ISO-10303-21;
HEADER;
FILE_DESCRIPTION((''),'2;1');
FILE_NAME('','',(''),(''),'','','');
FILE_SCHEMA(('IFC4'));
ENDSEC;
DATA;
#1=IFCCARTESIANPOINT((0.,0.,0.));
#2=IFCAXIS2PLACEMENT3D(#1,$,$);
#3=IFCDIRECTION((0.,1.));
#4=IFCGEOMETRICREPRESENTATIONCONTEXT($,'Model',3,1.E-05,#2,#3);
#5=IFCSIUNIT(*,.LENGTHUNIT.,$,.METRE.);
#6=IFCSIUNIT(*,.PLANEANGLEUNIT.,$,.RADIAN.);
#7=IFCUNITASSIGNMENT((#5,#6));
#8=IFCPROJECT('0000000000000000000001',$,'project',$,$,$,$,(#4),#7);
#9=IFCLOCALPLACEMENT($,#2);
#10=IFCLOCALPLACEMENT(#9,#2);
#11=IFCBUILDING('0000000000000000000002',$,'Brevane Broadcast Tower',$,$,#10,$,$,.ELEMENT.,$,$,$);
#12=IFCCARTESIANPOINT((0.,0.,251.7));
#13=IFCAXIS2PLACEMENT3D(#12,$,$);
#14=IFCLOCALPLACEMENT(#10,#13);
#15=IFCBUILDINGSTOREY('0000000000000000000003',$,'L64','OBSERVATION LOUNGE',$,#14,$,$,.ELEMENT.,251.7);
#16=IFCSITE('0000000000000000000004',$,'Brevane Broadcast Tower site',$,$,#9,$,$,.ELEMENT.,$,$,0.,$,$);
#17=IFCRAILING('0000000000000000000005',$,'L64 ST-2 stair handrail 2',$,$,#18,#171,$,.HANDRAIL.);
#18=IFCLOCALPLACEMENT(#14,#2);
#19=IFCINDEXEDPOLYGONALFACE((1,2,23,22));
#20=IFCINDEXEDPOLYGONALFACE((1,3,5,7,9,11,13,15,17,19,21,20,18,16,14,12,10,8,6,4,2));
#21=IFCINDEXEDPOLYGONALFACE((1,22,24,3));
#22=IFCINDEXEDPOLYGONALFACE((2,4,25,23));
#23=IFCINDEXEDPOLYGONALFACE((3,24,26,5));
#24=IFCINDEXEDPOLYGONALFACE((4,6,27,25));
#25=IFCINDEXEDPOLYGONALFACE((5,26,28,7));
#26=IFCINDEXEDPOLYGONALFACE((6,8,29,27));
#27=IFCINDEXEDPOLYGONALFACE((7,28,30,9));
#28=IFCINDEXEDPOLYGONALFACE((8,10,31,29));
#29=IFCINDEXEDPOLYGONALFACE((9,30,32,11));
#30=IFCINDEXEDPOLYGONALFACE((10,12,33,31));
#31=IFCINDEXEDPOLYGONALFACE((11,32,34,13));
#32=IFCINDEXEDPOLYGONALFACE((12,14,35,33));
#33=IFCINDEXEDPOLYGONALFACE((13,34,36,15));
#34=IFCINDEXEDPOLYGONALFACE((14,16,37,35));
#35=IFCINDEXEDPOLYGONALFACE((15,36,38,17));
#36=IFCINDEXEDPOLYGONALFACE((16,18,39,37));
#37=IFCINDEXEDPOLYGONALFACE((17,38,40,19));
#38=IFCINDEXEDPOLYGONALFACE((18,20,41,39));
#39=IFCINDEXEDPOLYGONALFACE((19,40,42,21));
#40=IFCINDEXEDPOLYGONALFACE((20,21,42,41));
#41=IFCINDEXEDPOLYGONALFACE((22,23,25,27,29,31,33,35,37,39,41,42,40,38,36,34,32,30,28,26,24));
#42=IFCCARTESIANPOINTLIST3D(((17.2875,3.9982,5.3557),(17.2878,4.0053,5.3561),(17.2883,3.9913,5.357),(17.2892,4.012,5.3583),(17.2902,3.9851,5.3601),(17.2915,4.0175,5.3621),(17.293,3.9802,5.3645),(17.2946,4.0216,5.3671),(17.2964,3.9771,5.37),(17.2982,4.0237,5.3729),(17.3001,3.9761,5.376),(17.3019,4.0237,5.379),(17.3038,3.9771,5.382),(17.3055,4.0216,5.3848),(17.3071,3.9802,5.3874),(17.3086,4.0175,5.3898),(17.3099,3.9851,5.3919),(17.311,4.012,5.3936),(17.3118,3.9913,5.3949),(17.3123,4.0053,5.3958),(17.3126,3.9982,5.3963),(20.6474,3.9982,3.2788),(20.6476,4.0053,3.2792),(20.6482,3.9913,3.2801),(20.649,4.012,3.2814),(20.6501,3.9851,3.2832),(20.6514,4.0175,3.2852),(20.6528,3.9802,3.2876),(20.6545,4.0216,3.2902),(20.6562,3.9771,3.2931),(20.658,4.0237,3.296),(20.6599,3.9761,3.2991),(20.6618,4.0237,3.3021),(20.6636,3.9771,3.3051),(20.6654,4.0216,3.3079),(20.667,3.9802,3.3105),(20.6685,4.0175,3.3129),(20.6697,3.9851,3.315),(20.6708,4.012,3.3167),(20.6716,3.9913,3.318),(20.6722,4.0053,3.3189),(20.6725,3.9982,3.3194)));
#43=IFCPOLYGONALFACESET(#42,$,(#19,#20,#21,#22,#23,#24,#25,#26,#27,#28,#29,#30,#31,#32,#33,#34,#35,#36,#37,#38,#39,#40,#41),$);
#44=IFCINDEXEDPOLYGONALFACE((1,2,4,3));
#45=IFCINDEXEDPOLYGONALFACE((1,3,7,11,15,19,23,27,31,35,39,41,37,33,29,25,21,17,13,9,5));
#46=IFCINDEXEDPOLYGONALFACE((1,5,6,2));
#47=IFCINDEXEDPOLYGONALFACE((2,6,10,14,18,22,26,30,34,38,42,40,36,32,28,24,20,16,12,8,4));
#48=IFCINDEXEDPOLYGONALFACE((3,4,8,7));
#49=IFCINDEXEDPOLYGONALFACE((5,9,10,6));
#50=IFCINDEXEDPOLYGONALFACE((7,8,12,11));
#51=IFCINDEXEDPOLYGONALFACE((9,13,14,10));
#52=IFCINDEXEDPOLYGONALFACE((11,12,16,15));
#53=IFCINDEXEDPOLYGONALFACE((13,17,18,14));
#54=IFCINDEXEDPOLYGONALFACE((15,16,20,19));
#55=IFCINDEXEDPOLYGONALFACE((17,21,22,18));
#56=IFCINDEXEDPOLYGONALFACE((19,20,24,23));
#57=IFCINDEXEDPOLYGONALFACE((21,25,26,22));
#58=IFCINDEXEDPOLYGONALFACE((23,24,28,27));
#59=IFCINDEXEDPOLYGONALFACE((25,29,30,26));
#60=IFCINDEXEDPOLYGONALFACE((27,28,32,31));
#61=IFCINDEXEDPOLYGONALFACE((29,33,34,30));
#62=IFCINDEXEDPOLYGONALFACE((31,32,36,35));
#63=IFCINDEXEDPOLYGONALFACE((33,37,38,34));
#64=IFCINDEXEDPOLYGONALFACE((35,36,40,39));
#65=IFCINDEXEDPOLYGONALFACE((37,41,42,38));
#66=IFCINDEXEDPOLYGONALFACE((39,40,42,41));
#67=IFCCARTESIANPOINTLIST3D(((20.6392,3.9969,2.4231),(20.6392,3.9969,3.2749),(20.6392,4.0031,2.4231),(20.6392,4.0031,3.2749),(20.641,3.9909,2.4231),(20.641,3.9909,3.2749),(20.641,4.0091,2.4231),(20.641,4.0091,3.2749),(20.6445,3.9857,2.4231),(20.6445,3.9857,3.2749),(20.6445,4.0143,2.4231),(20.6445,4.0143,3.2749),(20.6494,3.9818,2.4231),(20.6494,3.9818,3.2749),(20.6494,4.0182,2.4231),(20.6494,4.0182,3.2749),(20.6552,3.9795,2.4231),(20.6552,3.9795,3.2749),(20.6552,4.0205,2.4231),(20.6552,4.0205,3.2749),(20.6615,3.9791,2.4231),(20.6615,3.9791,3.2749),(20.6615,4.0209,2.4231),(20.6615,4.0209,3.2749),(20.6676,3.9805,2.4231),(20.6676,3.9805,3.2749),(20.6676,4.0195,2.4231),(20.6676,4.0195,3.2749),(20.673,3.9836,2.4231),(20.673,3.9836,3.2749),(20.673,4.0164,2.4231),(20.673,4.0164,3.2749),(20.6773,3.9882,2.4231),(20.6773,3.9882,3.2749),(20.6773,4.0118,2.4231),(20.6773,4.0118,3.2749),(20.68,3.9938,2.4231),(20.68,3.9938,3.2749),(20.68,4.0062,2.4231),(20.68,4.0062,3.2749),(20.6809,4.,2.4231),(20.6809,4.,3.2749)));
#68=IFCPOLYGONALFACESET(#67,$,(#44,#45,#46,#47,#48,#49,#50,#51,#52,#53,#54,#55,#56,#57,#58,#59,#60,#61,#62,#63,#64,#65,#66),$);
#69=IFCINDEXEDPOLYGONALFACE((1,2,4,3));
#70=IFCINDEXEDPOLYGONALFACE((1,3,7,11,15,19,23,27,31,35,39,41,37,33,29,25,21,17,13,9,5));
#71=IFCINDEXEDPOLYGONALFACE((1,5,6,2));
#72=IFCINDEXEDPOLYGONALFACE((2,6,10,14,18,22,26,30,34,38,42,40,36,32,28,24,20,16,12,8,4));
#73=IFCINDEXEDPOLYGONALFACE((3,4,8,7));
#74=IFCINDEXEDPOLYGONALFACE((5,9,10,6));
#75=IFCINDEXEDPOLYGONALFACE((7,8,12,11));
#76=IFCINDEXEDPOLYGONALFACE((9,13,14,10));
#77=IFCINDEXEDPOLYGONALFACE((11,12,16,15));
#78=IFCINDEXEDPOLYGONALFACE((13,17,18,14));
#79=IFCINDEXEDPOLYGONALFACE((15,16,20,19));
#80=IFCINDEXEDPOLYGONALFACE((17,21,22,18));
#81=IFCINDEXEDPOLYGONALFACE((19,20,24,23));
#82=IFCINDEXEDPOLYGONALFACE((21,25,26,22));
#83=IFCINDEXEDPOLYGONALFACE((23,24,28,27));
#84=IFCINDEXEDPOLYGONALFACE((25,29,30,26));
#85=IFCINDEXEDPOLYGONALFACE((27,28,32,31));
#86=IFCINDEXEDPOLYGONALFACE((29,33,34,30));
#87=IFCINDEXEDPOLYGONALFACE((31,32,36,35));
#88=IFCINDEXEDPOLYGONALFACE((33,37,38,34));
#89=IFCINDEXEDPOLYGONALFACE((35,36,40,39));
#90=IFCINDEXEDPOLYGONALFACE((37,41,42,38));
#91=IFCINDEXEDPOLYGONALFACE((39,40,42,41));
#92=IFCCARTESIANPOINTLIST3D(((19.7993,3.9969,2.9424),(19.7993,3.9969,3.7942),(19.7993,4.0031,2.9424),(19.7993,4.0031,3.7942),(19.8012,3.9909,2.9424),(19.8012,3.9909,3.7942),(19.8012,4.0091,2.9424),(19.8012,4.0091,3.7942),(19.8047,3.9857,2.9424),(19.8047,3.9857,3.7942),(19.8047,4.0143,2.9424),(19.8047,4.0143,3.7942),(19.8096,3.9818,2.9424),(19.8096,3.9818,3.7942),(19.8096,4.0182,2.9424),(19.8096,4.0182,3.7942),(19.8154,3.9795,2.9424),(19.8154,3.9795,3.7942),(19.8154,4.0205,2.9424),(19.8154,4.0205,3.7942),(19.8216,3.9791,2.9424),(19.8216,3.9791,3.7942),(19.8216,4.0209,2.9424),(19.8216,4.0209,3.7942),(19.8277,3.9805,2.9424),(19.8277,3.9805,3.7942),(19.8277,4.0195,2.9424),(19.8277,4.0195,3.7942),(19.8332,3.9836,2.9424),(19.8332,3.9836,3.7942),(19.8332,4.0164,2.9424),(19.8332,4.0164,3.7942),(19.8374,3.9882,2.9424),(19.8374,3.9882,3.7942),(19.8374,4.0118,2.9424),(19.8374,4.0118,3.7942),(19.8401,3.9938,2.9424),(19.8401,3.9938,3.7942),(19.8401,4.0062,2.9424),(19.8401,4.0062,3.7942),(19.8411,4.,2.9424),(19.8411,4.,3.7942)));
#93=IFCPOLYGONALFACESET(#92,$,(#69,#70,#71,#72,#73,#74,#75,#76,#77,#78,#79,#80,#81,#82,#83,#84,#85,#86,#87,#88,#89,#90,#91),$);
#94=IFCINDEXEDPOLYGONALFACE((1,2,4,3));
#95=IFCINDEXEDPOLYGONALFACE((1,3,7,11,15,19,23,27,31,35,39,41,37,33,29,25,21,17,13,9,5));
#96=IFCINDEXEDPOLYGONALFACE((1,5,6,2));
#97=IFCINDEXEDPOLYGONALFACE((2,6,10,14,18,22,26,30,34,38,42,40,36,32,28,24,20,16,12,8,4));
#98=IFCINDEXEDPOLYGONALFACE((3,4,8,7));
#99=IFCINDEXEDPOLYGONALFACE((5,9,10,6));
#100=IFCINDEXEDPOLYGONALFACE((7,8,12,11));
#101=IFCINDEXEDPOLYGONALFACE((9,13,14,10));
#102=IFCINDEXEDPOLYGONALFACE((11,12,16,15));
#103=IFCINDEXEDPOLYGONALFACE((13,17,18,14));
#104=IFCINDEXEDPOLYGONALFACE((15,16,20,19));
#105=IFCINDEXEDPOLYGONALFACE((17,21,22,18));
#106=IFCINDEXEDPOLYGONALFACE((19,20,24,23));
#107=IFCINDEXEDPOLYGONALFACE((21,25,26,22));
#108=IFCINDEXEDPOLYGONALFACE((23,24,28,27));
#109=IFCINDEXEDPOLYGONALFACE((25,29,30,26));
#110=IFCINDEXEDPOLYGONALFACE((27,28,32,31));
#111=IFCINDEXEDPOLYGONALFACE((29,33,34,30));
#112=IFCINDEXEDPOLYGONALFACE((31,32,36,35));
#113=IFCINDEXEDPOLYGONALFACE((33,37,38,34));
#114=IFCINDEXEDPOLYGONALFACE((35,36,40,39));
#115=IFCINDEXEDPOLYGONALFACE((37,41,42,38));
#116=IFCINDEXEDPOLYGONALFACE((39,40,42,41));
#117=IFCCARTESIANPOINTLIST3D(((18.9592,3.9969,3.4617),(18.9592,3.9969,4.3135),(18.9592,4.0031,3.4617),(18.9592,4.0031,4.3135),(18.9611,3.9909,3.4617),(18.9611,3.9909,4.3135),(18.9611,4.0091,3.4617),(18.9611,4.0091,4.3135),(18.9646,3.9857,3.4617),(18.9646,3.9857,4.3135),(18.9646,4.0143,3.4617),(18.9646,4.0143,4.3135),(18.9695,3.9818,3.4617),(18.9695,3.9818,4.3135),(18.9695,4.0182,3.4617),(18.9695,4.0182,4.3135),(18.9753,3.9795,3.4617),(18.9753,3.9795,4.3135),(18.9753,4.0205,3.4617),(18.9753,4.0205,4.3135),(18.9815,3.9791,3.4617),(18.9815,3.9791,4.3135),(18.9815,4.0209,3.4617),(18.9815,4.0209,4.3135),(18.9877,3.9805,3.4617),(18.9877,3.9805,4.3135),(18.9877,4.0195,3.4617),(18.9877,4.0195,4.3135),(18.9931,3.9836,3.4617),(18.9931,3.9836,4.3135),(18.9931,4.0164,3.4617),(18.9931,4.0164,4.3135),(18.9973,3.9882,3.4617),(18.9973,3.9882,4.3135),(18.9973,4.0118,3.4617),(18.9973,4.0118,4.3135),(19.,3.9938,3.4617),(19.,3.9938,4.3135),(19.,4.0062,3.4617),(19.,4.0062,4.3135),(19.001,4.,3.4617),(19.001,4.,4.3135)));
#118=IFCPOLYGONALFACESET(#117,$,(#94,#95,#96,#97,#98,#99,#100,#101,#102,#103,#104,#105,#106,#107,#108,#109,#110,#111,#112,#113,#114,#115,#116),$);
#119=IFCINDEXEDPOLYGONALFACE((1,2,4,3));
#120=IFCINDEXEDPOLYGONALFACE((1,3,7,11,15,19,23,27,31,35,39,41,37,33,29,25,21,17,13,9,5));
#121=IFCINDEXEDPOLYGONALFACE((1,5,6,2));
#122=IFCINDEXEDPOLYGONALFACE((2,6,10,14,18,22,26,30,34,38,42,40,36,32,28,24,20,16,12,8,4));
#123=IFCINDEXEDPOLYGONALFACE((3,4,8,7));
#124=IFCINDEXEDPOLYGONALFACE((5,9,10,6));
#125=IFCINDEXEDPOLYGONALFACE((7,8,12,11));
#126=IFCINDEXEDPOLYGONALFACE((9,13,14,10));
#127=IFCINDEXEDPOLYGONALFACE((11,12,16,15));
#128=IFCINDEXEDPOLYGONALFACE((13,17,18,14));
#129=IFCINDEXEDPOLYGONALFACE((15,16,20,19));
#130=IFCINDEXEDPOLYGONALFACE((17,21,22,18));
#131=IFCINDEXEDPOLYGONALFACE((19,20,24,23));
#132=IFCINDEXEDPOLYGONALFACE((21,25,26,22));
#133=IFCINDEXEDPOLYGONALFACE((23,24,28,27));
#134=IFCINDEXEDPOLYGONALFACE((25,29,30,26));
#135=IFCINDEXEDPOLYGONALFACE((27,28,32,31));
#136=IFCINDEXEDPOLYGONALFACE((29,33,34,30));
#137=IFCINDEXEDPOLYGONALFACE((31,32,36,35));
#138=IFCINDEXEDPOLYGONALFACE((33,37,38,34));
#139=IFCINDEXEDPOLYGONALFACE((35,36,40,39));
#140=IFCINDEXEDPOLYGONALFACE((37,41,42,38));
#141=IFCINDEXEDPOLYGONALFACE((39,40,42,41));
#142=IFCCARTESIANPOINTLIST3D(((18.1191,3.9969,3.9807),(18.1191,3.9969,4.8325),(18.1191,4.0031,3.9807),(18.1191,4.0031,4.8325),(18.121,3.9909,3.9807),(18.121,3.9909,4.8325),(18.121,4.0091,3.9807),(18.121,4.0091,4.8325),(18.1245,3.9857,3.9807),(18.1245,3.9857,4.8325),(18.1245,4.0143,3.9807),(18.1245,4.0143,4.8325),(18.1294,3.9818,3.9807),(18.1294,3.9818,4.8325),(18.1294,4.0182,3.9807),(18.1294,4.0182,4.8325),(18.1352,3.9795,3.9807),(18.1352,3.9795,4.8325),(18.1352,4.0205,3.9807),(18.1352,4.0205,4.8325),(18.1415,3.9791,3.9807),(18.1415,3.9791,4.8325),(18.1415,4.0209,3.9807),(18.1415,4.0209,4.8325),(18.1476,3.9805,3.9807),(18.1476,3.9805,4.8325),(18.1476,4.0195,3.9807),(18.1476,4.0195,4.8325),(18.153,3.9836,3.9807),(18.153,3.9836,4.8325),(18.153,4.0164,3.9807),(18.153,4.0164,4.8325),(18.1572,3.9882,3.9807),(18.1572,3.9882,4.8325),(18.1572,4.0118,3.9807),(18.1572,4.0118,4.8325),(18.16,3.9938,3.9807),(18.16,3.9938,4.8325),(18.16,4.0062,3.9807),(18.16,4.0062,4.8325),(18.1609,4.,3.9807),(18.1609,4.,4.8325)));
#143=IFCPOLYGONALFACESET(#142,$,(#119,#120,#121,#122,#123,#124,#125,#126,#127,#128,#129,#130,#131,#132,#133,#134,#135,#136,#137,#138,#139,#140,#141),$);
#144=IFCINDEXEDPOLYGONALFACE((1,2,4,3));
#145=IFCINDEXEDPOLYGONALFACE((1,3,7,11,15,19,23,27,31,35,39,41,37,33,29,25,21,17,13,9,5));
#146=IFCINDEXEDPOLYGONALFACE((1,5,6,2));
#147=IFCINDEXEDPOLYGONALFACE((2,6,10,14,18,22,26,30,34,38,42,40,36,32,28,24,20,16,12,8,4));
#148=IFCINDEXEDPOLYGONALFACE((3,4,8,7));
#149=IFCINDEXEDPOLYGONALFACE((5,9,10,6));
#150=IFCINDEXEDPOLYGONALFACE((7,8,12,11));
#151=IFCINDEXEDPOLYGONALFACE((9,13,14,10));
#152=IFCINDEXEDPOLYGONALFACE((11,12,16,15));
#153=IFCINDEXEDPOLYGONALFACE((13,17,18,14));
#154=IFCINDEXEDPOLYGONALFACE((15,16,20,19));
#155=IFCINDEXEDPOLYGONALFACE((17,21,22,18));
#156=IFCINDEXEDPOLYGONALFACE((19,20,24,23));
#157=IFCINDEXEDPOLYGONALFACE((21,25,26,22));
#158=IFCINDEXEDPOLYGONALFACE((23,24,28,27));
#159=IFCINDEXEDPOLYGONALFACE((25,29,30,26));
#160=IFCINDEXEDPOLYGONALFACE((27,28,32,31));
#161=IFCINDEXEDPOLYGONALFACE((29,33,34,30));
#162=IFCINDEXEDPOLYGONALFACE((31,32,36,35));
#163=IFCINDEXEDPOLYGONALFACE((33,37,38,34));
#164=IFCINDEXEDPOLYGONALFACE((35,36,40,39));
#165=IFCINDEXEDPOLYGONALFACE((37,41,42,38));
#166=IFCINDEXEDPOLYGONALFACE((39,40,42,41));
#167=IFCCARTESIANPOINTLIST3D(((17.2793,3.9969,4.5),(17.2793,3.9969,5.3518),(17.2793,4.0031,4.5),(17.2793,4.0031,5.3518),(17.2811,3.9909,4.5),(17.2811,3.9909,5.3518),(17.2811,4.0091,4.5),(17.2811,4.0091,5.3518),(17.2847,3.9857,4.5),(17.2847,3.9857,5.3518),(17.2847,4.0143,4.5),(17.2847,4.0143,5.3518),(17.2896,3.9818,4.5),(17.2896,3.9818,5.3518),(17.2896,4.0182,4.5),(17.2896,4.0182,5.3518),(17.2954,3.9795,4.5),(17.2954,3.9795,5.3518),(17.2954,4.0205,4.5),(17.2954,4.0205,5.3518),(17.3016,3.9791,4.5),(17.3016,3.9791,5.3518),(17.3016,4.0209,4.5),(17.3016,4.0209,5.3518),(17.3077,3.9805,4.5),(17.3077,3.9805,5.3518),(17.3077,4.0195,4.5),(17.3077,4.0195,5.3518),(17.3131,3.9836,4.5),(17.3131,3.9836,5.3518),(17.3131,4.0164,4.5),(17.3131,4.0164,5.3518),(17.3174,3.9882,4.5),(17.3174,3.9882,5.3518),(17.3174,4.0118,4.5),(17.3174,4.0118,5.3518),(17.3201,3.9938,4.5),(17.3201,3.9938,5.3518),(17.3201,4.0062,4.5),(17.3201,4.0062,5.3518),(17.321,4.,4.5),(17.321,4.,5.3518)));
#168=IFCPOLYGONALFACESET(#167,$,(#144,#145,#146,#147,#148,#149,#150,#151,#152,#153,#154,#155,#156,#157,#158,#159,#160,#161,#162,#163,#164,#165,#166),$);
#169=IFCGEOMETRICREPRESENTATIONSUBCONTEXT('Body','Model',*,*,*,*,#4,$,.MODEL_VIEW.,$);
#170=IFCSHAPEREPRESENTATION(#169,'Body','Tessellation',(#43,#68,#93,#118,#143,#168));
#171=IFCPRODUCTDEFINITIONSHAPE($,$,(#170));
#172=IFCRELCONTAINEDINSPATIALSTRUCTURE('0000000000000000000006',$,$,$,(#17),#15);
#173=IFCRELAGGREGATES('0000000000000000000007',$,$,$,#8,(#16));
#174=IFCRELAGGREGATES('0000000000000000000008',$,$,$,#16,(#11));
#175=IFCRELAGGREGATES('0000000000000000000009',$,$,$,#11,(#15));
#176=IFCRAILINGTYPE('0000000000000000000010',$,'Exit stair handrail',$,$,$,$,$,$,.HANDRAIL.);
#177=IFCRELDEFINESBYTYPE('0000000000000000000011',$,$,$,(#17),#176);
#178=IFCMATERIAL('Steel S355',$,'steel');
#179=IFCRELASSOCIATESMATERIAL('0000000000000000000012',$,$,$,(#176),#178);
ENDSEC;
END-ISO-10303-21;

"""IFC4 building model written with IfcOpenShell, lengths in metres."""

from ifc_helpers import new_model, si_unit, direction, frame, origin, origin_2d, place, context, subcontext, project, spatial, circle, extrude, material, type_object, element, save


model = new_model("IFC4")

# Units and contexts
model_context = context("Model", 3, precision=1e-05, world=origin(), true_north=direction((0.0, 1.0)))
body_context = subcontext(model_context, "Body", "Model", "MODEL_VIEW")
ifc_project = project(units=[si_unit("LENGTHUNIT", "METRE"), si_unit("PLANEANGLEUNIT", "RADIAN")], contexts=[model_context])

# Site, building, storey
site_placement = place(None, origin())
site = spatial("IfcSite", under=ifc_project, at=site_placement, Name="Brevane Broadcast Tower site", CompositionType="ELEMENT", RefElevation=0.0)
building_placement = place(site_placement, origin())
building = spatial("IfcBuilding", under=site, at=building_placement, Name="Brevane Broadcast Tower", CompositionType="ELEMENT")
storey_placement = place(building_placement, frame((0.0, 0.0, 251.7)))
storey = spatial("IfcBuildingStorey", under=building, at=storey_placement, Name="L64", Description="OBSERVATION LOUNGE", CompositionType="ELEMENT", Elevation=251.7)

# Railing
ifc_material_1 = material(Name="Steel S355", Category="steel")
railing_type_1 = type_object("IfcRailingType", Name="Exit stair handrail", PredefinedType="HANDRAIL", material=ifc_material_1)
railing_1_placement = place(storey_placement, frame((20.6599, 4.0, 2.4231)))
element("IfcRailing", 1, at=railing_1_placement, inside=storey, type_object=railing_type_1, Name="L64 ST-2 stair handrail 2", PredefinedType="HANDRAIL", context=body_context, shape_type="SweptSolid", body=[
    extrude(circle(Radius=0.0239, at=origin_2d()), frame((0.0, 0.0, 0.876), z_axis=(-0.850606, 0.0, 0.525803), x_axis=(0.0, -1.0, 0.0)), (0.0, 0.0, 1.0), 3.95),
    extrude(circle(Radius=0.021, at=origin_2d()), origin(), (0.0, 0.0, 1.0), 0.8518),
    extrude(circle(Radius=0.021, at=origin_2d()), frame((-0.8398, 0.0, 0.5193)), (0.0, 0.0, 1.0), 0.8518),
    extrude(circle(Radius=0.021, at=origin_2d()), frame((-1.6799, 0.0, 1.0386)), (0.0, 0.0, 1.0), 0.8518),
    extrude(circle(Radius=0.021, at=origin_2d()), frame((-2.52, 0.0, 1.5576)), (0.0, 0.0, 1.0), 0.8518),
    extrude(circle(Radius=0.021, at=origin_2d()), frame((-3.3599, 0.0, 2.0769)), (0.0, 0.0, 1.0), 0.8518),
])

save(model, "model.ifc")
